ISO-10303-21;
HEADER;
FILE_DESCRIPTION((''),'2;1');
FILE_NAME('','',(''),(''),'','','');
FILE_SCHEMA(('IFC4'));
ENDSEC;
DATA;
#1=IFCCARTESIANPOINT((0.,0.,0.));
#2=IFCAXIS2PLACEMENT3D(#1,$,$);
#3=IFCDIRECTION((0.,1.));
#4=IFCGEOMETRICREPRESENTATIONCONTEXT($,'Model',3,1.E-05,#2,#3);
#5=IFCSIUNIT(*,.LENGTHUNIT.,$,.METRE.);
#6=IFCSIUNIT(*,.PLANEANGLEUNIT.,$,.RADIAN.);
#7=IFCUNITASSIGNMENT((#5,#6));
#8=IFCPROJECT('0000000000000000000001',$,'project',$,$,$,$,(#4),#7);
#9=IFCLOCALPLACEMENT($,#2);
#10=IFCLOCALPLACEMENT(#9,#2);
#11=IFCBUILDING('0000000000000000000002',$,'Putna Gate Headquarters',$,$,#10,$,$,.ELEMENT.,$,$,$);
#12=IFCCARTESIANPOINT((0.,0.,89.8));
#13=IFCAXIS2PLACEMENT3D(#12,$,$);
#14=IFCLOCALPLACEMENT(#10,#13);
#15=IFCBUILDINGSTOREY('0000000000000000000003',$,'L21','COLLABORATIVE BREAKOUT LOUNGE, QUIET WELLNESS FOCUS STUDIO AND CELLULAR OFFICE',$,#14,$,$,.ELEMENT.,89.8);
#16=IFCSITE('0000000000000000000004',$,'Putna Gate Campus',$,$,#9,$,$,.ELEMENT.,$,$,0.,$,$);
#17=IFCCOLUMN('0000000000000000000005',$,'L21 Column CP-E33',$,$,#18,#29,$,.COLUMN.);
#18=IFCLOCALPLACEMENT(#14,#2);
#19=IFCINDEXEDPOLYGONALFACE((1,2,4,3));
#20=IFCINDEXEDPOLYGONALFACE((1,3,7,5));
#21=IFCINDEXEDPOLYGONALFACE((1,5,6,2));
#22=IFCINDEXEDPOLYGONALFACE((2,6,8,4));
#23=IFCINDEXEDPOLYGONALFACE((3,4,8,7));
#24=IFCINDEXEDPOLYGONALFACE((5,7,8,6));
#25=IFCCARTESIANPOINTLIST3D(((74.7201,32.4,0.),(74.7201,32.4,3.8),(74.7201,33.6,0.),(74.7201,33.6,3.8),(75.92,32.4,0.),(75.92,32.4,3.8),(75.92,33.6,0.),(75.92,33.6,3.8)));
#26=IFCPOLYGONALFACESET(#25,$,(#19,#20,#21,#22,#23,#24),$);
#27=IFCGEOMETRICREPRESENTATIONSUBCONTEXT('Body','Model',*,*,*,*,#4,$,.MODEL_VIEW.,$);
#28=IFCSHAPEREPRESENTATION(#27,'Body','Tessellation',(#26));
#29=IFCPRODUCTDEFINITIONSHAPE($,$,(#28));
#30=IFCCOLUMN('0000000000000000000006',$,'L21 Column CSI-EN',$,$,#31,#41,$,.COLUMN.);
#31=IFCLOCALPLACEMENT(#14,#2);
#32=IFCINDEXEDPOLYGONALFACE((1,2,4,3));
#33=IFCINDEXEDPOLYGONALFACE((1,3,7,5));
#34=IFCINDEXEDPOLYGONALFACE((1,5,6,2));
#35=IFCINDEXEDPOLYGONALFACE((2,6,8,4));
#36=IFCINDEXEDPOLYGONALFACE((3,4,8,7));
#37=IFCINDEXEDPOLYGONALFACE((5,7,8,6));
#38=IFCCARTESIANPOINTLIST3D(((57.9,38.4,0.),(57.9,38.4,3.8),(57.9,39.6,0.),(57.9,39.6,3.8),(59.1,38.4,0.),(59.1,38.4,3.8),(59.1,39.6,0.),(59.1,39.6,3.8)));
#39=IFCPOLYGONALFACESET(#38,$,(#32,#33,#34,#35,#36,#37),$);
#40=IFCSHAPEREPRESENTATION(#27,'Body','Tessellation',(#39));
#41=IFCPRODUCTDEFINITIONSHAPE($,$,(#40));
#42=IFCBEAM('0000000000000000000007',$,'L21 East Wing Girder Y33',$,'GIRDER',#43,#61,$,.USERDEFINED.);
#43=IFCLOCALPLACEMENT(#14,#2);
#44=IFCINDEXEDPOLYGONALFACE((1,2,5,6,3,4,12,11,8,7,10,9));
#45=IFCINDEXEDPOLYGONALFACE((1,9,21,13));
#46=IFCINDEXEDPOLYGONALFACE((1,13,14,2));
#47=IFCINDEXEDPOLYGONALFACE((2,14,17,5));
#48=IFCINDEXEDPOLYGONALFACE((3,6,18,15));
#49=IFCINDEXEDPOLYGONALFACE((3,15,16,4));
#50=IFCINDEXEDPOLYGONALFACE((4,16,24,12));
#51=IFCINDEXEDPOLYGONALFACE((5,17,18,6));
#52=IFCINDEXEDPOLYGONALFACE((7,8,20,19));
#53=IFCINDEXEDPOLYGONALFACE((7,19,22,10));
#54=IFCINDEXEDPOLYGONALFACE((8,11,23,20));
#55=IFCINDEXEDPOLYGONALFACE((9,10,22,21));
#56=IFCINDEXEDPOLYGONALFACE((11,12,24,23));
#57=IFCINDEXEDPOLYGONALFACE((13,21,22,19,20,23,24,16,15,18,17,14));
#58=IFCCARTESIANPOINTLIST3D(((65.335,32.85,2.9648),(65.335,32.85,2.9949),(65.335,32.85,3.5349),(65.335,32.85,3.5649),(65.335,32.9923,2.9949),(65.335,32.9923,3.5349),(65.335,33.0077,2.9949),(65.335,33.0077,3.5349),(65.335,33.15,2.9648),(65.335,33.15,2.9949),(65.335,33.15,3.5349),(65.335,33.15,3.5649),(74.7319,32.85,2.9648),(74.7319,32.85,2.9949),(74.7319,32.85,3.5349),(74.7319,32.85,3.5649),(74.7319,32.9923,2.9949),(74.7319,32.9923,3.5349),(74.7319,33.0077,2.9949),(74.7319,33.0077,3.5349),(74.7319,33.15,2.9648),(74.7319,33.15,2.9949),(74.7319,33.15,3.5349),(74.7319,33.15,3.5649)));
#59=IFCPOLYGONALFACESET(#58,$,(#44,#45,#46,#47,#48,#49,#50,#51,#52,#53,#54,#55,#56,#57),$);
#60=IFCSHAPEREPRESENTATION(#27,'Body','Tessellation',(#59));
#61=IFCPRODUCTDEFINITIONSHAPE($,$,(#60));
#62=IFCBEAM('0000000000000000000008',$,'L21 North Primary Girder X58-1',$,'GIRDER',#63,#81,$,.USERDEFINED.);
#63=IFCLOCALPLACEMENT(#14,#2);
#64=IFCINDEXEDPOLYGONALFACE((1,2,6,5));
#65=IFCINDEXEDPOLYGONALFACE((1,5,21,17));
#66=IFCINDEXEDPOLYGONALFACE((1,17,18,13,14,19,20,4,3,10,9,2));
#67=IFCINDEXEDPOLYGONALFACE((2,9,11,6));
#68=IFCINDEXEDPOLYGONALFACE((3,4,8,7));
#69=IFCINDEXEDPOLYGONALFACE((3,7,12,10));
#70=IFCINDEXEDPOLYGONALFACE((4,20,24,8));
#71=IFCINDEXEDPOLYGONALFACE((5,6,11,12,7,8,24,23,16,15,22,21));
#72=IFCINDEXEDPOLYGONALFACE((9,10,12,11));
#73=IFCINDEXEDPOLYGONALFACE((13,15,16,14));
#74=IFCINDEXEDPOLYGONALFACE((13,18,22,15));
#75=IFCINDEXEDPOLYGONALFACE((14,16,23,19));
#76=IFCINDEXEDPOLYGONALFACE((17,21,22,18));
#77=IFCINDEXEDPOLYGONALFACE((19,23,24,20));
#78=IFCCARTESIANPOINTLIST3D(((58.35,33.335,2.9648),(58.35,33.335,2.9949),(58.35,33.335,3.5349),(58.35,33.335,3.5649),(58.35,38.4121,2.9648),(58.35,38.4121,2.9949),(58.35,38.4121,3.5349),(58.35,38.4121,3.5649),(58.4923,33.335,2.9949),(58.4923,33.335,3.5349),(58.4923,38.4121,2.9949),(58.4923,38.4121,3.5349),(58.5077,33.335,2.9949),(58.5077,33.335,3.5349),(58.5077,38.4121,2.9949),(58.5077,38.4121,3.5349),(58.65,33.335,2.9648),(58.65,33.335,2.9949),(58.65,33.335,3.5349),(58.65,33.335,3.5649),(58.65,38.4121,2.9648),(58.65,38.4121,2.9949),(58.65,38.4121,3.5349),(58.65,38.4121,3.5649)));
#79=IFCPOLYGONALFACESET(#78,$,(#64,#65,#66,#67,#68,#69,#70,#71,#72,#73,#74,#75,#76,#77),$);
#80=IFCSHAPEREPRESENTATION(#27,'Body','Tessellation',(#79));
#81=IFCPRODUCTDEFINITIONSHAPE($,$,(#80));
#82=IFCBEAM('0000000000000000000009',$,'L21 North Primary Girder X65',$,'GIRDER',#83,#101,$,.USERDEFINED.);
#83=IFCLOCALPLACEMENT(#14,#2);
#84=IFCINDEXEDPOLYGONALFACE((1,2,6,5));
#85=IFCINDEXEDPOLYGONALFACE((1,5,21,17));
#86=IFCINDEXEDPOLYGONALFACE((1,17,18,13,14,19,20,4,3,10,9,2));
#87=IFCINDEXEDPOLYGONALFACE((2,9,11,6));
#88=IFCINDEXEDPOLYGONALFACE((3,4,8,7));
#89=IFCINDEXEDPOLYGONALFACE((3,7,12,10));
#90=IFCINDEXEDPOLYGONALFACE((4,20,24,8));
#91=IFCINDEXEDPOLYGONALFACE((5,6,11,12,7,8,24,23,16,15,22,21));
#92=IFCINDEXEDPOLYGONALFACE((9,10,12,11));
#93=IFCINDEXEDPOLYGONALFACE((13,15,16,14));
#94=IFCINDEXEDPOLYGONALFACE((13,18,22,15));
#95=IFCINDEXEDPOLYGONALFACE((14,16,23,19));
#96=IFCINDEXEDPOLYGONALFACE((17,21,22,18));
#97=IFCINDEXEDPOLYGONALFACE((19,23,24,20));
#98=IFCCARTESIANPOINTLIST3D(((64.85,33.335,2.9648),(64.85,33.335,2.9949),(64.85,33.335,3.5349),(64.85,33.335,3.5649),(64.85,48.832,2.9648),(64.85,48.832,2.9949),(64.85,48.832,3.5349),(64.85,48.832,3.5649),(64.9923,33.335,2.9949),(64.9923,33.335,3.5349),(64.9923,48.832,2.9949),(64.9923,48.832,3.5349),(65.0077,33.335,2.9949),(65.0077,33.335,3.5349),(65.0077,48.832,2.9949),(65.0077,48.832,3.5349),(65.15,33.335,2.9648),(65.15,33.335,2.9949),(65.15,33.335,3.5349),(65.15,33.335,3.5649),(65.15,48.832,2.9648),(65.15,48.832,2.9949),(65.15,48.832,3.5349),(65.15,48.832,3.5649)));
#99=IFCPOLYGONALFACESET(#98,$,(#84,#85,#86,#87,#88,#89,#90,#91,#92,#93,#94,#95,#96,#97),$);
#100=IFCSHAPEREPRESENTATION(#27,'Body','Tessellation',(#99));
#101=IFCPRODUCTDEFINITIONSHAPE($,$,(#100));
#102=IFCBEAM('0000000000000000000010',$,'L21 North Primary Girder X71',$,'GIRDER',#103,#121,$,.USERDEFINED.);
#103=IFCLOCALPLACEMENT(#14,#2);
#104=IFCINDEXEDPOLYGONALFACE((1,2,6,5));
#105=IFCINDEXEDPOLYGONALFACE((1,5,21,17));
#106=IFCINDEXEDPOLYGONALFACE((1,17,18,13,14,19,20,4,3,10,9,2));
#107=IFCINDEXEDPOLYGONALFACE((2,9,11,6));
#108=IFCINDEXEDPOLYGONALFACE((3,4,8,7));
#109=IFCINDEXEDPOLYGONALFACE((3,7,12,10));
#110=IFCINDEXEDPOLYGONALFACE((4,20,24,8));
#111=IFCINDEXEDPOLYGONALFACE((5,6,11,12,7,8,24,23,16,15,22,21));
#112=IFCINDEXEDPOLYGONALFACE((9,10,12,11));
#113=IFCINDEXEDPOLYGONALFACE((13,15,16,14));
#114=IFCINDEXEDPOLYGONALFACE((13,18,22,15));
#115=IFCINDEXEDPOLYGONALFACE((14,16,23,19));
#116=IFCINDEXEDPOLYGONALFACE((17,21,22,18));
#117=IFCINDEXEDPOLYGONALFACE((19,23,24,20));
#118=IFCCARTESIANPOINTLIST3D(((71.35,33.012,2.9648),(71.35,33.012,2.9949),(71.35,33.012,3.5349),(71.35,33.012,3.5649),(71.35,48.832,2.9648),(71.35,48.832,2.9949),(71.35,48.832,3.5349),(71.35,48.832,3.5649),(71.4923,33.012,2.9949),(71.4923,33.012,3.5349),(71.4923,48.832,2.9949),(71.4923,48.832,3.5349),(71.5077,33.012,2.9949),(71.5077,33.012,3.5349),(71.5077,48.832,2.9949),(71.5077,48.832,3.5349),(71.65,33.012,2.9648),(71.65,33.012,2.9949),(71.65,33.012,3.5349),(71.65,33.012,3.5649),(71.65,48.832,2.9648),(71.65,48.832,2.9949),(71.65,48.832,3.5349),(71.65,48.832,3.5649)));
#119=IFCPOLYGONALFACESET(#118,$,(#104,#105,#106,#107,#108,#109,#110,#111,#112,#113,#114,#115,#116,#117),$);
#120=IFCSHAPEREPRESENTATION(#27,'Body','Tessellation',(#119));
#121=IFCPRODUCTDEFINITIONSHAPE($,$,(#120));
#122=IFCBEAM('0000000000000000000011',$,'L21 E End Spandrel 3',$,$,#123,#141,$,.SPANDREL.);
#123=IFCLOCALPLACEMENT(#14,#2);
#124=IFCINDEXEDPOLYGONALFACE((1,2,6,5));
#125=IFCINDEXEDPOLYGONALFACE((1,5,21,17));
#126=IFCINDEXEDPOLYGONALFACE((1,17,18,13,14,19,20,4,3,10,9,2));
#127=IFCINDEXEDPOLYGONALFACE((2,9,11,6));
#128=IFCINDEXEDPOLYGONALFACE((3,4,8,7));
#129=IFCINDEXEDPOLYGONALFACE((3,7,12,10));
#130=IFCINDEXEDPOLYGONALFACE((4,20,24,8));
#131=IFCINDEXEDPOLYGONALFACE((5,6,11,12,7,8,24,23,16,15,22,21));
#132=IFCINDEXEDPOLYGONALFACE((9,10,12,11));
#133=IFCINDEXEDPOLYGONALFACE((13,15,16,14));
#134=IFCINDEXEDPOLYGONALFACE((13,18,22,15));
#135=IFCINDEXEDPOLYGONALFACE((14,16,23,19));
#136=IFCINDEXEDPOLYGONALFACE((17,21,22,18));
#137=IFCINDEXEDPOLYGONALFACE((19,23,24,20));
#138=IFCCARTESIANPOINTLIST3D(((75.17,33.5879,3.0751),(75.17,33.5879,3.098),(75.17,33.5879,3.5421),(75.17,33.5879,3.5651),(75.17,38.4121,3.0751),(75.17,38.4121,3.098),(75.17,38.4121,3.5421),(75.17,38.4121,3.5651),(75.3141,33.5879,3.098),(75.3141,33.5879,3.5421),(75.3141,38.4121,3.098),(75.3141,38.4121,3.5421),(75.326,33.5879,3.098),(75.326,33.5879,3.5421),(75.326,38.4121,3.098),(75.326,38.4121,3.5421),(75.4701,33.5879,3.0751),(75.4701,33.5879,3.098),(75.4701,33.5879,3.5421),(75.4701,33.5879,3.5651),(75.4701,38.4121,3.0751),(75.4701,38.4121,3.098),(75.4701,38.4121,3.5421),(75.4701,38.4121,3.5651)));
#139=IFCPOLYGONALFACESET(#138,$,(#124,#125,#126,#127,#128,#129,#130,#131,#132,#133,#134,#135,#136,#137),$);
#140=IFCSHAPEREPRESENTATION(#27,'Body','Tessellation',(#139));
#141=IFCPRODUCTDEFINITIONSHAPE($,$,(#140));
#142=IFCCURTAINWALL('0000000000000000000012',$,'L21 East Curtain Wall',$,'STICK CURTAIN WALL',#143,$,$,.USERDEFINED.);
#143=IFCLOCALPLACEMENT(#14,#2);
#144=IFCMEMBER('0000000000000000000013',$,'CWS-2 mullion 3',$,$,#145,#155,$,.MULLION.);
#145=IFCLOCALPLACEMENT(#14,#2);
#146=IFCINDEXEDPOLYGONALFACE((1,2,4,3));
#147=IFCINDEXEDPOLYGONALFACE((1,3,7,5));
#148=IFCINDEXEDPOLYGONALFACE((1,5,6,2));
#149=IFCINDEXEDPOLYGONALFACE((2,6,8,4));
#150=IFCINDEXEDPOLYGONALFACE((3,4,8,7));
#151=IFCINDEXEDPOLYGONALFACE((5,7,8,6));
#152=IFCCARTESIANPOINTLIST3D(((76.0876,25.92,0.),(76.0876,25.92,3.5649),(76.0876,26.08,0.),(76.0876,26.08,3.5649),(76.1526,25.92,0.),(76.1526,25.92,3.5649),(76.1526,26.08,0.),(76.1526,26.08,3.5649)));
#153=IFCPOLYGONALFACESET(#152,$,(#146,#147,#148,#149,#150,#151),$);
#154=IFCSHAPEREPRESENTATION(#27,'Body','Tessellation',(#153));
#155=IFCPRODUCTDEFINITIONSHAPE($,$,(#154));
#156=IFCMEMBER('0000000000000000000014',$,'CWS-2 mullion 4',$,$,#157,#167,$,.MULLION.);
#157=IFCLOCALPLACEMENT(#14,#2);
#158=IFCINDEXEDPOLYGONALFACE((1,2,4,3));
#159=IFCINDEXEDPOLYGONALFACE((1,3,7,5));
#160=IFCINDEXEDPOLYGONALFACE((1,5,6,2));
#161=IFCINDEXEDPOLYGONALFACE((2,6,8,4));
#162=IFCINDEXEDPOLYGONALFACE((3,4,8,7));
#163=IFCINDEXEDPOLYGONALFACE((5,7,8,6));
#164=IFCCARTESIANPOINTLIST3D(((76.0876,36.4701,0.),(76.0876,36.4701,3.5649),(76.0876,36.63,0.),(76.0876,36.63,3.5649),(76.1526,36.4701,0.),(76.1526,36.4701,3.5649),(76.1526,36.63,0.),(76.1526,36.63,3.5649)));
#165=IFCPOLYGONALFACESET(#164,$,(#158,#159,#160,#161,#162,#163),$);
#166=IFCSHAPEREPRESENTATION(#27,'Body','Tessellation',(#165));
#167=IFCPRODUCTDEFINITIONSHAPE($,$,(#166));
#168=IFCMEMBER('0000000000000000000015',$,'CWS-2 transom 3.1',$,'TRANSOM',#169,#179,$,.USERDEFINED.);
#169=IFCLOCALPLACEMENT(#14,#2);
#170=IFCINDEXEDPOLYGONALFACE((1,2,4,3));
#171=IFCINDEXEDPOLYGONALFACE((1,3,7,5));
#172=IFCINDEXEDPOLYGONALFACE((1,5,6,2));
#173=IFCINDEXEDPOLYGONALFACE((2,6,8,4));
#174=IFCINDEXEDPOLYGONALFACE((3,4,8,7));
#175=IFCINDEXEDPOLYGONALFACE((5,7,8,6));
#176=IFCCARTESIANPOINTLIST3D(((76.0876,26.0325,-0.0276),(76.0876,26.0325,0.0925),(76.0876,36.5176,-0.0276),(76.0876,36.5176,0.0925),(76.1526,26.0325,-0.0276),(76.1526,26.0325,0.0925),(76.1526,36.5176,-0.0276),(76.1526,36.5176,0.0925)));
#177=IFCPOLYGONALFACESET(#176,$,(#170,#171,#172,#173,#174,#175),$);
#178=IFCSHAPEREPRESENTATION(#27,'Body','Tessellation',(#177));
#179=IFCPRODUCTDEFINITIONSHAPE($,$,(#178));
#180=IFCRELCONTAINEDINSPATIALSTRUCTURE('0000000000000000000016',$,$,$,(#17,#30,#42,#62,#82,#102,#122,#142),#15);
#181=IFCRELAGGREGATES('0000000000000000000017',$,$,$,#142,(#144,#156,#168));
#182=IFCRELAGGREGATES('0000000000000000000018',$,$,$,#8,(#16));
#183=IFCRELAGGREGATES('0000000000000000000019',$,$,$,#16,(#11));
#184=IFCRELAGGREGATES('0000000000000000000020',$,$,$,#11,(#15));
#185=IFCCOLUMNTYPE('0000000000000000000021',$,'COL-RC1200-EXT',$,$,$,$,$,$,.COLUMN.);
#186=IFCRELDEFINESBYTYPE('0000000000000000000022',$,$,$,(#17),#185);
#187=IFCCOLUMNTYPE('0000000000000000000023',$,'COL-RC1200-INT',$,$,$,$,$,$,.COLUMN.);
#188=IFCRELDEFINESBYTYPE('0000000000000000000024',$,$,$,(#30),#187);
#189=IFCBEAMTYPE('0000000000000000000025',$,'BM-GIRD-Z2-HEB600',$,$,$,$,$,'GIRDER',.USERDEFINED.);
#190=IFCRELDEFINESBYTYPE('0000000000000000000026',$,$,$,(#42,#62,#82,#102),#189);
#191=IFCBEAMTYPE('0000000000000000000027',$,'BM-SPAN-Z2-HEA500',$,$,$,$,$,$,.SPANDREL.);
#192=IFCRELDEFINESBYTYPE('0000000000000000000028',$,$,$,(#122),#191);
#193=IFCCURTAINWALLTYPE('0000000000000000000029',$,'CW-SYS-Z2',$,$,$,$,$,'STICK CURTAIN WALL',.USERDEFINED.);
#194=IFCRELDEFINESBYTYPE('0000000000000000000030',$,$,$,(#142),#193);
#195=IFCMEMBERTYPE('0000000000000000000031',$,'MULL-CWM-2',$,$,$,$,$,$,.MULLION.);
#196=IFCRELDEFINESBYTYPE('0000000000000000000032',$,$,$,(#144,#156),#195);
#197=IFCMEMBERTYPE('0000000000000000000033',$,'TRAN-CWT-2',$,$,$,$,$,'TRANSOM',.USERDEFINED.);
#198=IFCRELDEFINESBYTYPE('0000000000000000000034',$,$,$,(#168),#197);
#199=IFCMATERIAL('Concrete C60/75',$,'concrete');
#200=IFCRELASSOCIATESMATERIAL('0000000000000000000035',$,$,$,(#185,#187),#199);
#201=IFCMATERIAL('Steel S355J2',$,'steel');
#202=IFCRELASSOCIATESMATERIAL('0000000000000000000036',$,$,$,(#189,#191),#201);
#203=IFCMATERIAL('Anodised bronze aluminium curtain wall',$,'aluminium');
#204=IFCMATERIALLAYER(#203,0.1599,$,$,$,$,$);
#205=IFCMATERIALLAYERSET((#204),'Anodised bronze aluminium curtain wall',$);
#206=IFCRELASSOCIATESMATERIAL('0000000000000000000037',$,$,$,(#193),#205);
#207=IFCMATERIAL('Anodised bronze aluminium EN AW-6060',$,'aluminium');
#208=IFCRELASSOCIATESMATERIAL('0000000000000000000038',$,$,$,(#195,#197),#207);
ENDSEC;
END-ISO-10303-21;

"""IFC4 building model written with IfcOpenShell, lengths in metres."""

from ifc_helpers import new_model, si_unit, direction, frame, origin, origin_2d, place, context, subcontext, project, spatial, rectangle, i_section, extrude, material, layer, layer_set, material_profile, profile_set, type_object, element, aggregate, save


model = new_model("IFC4")

# Units and contexts
model_context = context("Model", 3, precision=1e-05, world=origin(), true_north=direction((0.0, 1.0)))
body_context = subcontext(model_context, "Body", "Model", "MODEL_VIEW")
ifc_project = project(units=[si_unit("LENGTHUNIT", "METRE"), si_unit("PLANEANGLEUNIT", "RADIAN")], contexts=[model_context])

# Site, building, storey
site_placement = place(None, origin())
site = spatial("IfcSite", under=ifc_project, at=site_placement, Name="Putna Gate Campus", CompositionType="ELEMENT", RefElevation=0.0)
building_placement = place(site_placement, origin())
building = spatial("IfcBuilding", under=site, at=building_placement, Name="Putna Gate Headquarters", CompositionType="ELEMENT")
storey_placement = place(building_placement, frame((0.0, 0.0, 89.8)))
storey = spatial("IfcBuildingStorey", under=building, at=storey_placement, Name="L21", Description="COLLABORATIVE BREAKOUT LOUNGE, QUIET WELLNESS FOCUS STUDIO AND CELLULAR OFFICE", CompositionType="ELEMENT", Elevation=89.8)

# Columns
ifc_material_1 = material(Name="Concrete C60/75", Category="concrete")
ifc_material_profile_1 = material_profile(ifc_material_1, rectangle(XDim=1.2, YDim=1.2, at=origin_2d()), Name="Concrete C60/75")
ifc_profile_set_1 = profile_set([ifc_material_profile_1], Name="Concrete C60/75")
column_type_1 = type_object("IfcColumnType", Name="COL-RC1200-EXT", PredefinedType="COLUMN", material=ifc_profile_set_1)
column_1_placement = place(storey_placement, frame((75.3201, 33.0, 0.0), z_axis=(0.0, 0.0, 1.0), x_axis=(1.0, 0.0, 0.0)))
element("IfcColumn", 1, at=column_1_placement, inside=storey, type_object=column_type_1, Name="L21 Column CP-E33", PredefinedType="COLUMN", context=body_context, shape_type="SweptSolid", body=[
    extrude(rectangle(XDim=1.2, YDim=1.2, at=origin_2d()), origin(), (0.0, 0.0, 1.0), 3.8),
])
ifc_material_profile_2 = material_profile(ifc_material_1, rectangle(XDim=1.2, YDim=1.2, at=origin_2d()), Name="Concrete C60/75")
ifc_profile_set_2 = profile_set([ifc_material_profile_2], Name="Concrete C60/75")
column_type_2 = type_object("IfcColumnType", Name="COL-RC1200-INT", PredefinedType="COLUMN", material=ifc_profile_set_2)
column_2_placement = place(storey_placement, frame((58.5, 39.0, 0.0), z_axis=(0.0, 0.0, 1.0), x_axis=(1.0, 0.0, 0.0)))
element("IfcColumn", 2, at=column_2_placement, inside=storey, type_object=column_type_2, Name="L21 Column CSI-EN", PredefinedType="COLUMN", context=body_context, shape_type="SweptSolid", body=[
    extrude(rectangle(XDim=1.2, YDim=1.2, at=origin_2d()), origin(), (0.0, 0.0, 1.0), 3.8),
])

# Beams
ifc_material_2 = material(Name="Steel S355J2", Category="steel")
ifc_material_profile_3 = material_profile(ifc_material_2, i_section(OverallWidth=0.3, OverallDepth=0.6001, WebThickness=0.0154, FlangeThickness=0.03, at=origin_2d()), Name="Steel S355J2")
ifc_profile_set_3 = profile_set([ifc_material_profile_3], Name="Steel S355J2")
beam_type_1 = type_object("IfcBeamType", Name="BM-GIRD-Z2-HEB600", ElementType="GIRDER", PredefinedType="USERDEFINED", material=ifc_profile_set_3)
beam_1_placement = place(storey_placement, frame((65.335, 33.0, 3.2649), z_axis=(1.0, 0.0, 0.0), x_axis=(0.0, 1.0, 0.0)))
element("IfcBeam", 3, at=beam_1_placement, inside=storey, type_object=beam_type_1, Name="L21 East Wing Girder Y33", ObjectType="GIRDER", PredefinedType="USERDEFINED", context=body_context, shape_type="SweptSolid", body=[
    extrude(i_section(OverallWidth=0.3, OverallDepth=0.6001, WebThickness=0.0154, FlangeThickness=0.03, at=origin_2d()), origin(), (0.0, 0.0, 1.0), 9.397),
])
beam_2_placement = place(storey_placement, frame((58.5, 33.335, 3.2649), z_axis=(0.0, 1.0, 0.0), x_axis=(-1.0, 0.0, 0.0)))
element("IfcBeam", 4, at=beam_2_placement, inside=storey, type_object=beam_type_1, Name="L21 North Primary Girder X58-1", ObjectType="GIRDER", PredefinedType="USERDEFINED", context=body_context, shape_type="SweptSolid", body=[
    extrude(i_section(OverallWidth=0.3, OverallDepth=0.6001, WebThickness=0.0154, FlangeThickness=0.03, at=origin_2d()), origin(), (0.0, 0.0, 1.0), 5.0771),
])
beam_3_placement = place(storey_placement, frame((65.0, 33.335, 3.2649), z_axis=(0.0, 1.0, 0.0), x_axis=(-1.0, 0.0, 0.0)))
element("IfcBeam", 5, at=beam_3_placement, inside=storey, type_object=beam_type_1, Name="L21 North Primary Girder X65", ObjectType="GIRDER", PredefinedType="USERDEFINED", context=body_context, shape_type="SweptSolid", body=[
    extrude(i_section(OverallWidth=0.3, OverallDepth=0.6001, WebThickness=0.0154, FlangeThickness=0.03, at=origin_2d()), origin(), (0.0, 0.0, 1.0), 15.4971),
])
beam_4_placement = place(storey_placement, frame((71.5, 33.012, 3.2649), z_axis=(0.0, 1.0, 0.0), x_axis=(-1.0, 0.0, 0.0)))
element("IfcBeam", 6, at=beam_4_placement, inside=storey, type_object=beam_type_1, Name="L21 North Primary Girder X71", ObjectType="GIRDER", PredefinedType="USERDEFINED", context=body_context, shape_type="SweptSolid", body=[
    extrude(i_section(OverallWidth=0.3, OverallDepth=0.6001, WebThickness=0.0154, FlangeThickness=0.03, at=origin_2d()), origin(), (0.0, 0.0, 1.0), 15.8201),
])
ifc_material_profile_4 = material_profile(ifc_material_2, i_section(OverallWidth=0.3, OverallDepth=0.49, WebThickness=0.012, FlangeThickness=0.0229, at=origin_2d()), Name="Steel S355J2")
ifc_profile_set_4 = profile_set([ifc_material_profile_4], Name="Steel S355J2")
beam_type_2 = type_object("IfcBeamType", Name="BM-SPAN-Z2-HEA500", PredefinedType="SPANDREL", material=ifc_profile_set_4)
beam_5_placement = place(storey_placement, frame((75.3201, 33.5879, 3.3201), z_axis=(0.0, 1.0, 0.0), x_axis=(-1.0, 0.0, 0.0)))
element("IfcBeam", 7, at=beam_5_placement, inside=storey, type_object=beam_type_2, Name="L21 E End Spandrel 3", PredefinedType="SPANDREL", context=body_context, shape_type="SweptSolid", body=[
    extrude(i_section(OverallWidth=0.3, OverallDepth=0.49, WebThickness=0.012, FlangeThickness=0.0229, at=origin_2d()), origin(), (0.0, 0.0, 1.0), 4.8242),
])

# Curtain wall, members
ifc_material_3 = material(Name="Anodised bronze aluminium curtain wall", Category="aluminium")
ifc_layer_1 = layer(ifc_material_3, 0.1599)
ifc_layer_set_1 = layer_set([ifc_layer_1], Name="Anodised bronze aluminium curtain wall")
curtain_wall_type = type_object("IfcCurtainWallType", Name="CW-SYS-Z2", ElementType="STICK CURTAIN WALL", PredefinedType="USERDEFINED", material=ifc_layer_set_1)
curtain_wall_placement = place(storey_placement, origin())
curtain_wall = element("IfcCurtainWall", 8, at=curtain_wall_placement, inside=storey, type_object=curtain_wall_type, Name="L21 East Curtain Wall", ObjectType="STICK CURTAIN WALL", PredefinedType="USERDEFINED")
ifc_material_4 = material(Name="Anodised bronze aluminium EN AW-6060", Category="aluminium")
ifc_material_profile_5 = material_profile(ifc_material_4, rectangle(XDim=0.0649, YDim=0.1599, at=origin_2d()), Name="Anodised bronze aluminium EN AW-6060")
ifc_profile_set_5 = profile_set([ifc_material_profile_5], Name="Anodised bronze aluminium EN AW-6060")
member_type_1 = type_object("IfcMemberType", Name="MULL-CWM-2", PredefinedType="MULLION", material=ifc_profile_set_5)
member_1_placement = place(storey_placement, frame((76.1201, 26.0, 0.0), z_axis=(0.0, 0.0, 1.0), x_axis=(-1.0, 0.0, 0.0)))
member_1 = element("IfcMember", 9, at=member_1_placement, type_object=member_type_1, Name="CWS-2 mullion 3", PredefinedType="MULLION", context=body_context, shape_type="SweptSolid", body=[
    extrude(rectangle(XDim=0.0649, YDim=0.1599, at=origin_2d()), origin(), (0.0, 0.0, 1.0), 3.5649),
])
member_2_placement = place(storey_placement, frame((76.1201, 36.55, 0.0), z_axis=(0.0, 0.0, 1.0), x_axis=(-1.0, 0.0, 0.0)))
member_2 = element("IfcMember", 10, at=member_2_placement, type_object=member_type_1, Name="CWS-2 mullion 4", PredefinedType="MULLION", context=body_context, shape_type="SweptSolid", body=[
    extrude(rectangle(XDim=0.0649, YDim=0.1599, at=origin_2d()), origin(), (0.0, 0.0, 1.0), 3.5649),
])
ifc_material_profile_6 = material_profile(ifc_material_4, rectangle(XDim=0.0649, YDim=0.1201, at=origin_2d()), Name="Anodised bronze aluminium EN AW-6060")
ifc_profile_set_6 = profile_set([ifc_material_profile_6], Name="Anodised bronze aluminium EN AW-6060")
member_type_2 = type_object("IfcMemberType", Name="TRAN-CWT-2", ElementType="TRANSOM", PredefinedType="USERDEFINED", material=ifc_profile_set_6)
member_3_placement = place(storey_placement, frame((76.1201, 26.0325, 0.0325), z_axis=(0.0, 1.0, 0.0), x_axis=(-1.0, 0.0, 0.0)))
member_3 = element("IfcMember", 11, at=member_3_placement, type_object=member_type_2, Name="CWS-2 transom 3.1", ObjectType="TRANSOM", PredefinedType="USERDEFINED", context=body_context, shape_type="SweptSolid", body=[
    extrude(rectangle(XDim=0.0649, YDim=0.1201, at=origin_2d()), origin(), (0.0, 0.0, 1.0), 10.4851),
])
aggregate(curtain_wall, [member_1, member_2, member_3])

save(model, "model.ifc")
